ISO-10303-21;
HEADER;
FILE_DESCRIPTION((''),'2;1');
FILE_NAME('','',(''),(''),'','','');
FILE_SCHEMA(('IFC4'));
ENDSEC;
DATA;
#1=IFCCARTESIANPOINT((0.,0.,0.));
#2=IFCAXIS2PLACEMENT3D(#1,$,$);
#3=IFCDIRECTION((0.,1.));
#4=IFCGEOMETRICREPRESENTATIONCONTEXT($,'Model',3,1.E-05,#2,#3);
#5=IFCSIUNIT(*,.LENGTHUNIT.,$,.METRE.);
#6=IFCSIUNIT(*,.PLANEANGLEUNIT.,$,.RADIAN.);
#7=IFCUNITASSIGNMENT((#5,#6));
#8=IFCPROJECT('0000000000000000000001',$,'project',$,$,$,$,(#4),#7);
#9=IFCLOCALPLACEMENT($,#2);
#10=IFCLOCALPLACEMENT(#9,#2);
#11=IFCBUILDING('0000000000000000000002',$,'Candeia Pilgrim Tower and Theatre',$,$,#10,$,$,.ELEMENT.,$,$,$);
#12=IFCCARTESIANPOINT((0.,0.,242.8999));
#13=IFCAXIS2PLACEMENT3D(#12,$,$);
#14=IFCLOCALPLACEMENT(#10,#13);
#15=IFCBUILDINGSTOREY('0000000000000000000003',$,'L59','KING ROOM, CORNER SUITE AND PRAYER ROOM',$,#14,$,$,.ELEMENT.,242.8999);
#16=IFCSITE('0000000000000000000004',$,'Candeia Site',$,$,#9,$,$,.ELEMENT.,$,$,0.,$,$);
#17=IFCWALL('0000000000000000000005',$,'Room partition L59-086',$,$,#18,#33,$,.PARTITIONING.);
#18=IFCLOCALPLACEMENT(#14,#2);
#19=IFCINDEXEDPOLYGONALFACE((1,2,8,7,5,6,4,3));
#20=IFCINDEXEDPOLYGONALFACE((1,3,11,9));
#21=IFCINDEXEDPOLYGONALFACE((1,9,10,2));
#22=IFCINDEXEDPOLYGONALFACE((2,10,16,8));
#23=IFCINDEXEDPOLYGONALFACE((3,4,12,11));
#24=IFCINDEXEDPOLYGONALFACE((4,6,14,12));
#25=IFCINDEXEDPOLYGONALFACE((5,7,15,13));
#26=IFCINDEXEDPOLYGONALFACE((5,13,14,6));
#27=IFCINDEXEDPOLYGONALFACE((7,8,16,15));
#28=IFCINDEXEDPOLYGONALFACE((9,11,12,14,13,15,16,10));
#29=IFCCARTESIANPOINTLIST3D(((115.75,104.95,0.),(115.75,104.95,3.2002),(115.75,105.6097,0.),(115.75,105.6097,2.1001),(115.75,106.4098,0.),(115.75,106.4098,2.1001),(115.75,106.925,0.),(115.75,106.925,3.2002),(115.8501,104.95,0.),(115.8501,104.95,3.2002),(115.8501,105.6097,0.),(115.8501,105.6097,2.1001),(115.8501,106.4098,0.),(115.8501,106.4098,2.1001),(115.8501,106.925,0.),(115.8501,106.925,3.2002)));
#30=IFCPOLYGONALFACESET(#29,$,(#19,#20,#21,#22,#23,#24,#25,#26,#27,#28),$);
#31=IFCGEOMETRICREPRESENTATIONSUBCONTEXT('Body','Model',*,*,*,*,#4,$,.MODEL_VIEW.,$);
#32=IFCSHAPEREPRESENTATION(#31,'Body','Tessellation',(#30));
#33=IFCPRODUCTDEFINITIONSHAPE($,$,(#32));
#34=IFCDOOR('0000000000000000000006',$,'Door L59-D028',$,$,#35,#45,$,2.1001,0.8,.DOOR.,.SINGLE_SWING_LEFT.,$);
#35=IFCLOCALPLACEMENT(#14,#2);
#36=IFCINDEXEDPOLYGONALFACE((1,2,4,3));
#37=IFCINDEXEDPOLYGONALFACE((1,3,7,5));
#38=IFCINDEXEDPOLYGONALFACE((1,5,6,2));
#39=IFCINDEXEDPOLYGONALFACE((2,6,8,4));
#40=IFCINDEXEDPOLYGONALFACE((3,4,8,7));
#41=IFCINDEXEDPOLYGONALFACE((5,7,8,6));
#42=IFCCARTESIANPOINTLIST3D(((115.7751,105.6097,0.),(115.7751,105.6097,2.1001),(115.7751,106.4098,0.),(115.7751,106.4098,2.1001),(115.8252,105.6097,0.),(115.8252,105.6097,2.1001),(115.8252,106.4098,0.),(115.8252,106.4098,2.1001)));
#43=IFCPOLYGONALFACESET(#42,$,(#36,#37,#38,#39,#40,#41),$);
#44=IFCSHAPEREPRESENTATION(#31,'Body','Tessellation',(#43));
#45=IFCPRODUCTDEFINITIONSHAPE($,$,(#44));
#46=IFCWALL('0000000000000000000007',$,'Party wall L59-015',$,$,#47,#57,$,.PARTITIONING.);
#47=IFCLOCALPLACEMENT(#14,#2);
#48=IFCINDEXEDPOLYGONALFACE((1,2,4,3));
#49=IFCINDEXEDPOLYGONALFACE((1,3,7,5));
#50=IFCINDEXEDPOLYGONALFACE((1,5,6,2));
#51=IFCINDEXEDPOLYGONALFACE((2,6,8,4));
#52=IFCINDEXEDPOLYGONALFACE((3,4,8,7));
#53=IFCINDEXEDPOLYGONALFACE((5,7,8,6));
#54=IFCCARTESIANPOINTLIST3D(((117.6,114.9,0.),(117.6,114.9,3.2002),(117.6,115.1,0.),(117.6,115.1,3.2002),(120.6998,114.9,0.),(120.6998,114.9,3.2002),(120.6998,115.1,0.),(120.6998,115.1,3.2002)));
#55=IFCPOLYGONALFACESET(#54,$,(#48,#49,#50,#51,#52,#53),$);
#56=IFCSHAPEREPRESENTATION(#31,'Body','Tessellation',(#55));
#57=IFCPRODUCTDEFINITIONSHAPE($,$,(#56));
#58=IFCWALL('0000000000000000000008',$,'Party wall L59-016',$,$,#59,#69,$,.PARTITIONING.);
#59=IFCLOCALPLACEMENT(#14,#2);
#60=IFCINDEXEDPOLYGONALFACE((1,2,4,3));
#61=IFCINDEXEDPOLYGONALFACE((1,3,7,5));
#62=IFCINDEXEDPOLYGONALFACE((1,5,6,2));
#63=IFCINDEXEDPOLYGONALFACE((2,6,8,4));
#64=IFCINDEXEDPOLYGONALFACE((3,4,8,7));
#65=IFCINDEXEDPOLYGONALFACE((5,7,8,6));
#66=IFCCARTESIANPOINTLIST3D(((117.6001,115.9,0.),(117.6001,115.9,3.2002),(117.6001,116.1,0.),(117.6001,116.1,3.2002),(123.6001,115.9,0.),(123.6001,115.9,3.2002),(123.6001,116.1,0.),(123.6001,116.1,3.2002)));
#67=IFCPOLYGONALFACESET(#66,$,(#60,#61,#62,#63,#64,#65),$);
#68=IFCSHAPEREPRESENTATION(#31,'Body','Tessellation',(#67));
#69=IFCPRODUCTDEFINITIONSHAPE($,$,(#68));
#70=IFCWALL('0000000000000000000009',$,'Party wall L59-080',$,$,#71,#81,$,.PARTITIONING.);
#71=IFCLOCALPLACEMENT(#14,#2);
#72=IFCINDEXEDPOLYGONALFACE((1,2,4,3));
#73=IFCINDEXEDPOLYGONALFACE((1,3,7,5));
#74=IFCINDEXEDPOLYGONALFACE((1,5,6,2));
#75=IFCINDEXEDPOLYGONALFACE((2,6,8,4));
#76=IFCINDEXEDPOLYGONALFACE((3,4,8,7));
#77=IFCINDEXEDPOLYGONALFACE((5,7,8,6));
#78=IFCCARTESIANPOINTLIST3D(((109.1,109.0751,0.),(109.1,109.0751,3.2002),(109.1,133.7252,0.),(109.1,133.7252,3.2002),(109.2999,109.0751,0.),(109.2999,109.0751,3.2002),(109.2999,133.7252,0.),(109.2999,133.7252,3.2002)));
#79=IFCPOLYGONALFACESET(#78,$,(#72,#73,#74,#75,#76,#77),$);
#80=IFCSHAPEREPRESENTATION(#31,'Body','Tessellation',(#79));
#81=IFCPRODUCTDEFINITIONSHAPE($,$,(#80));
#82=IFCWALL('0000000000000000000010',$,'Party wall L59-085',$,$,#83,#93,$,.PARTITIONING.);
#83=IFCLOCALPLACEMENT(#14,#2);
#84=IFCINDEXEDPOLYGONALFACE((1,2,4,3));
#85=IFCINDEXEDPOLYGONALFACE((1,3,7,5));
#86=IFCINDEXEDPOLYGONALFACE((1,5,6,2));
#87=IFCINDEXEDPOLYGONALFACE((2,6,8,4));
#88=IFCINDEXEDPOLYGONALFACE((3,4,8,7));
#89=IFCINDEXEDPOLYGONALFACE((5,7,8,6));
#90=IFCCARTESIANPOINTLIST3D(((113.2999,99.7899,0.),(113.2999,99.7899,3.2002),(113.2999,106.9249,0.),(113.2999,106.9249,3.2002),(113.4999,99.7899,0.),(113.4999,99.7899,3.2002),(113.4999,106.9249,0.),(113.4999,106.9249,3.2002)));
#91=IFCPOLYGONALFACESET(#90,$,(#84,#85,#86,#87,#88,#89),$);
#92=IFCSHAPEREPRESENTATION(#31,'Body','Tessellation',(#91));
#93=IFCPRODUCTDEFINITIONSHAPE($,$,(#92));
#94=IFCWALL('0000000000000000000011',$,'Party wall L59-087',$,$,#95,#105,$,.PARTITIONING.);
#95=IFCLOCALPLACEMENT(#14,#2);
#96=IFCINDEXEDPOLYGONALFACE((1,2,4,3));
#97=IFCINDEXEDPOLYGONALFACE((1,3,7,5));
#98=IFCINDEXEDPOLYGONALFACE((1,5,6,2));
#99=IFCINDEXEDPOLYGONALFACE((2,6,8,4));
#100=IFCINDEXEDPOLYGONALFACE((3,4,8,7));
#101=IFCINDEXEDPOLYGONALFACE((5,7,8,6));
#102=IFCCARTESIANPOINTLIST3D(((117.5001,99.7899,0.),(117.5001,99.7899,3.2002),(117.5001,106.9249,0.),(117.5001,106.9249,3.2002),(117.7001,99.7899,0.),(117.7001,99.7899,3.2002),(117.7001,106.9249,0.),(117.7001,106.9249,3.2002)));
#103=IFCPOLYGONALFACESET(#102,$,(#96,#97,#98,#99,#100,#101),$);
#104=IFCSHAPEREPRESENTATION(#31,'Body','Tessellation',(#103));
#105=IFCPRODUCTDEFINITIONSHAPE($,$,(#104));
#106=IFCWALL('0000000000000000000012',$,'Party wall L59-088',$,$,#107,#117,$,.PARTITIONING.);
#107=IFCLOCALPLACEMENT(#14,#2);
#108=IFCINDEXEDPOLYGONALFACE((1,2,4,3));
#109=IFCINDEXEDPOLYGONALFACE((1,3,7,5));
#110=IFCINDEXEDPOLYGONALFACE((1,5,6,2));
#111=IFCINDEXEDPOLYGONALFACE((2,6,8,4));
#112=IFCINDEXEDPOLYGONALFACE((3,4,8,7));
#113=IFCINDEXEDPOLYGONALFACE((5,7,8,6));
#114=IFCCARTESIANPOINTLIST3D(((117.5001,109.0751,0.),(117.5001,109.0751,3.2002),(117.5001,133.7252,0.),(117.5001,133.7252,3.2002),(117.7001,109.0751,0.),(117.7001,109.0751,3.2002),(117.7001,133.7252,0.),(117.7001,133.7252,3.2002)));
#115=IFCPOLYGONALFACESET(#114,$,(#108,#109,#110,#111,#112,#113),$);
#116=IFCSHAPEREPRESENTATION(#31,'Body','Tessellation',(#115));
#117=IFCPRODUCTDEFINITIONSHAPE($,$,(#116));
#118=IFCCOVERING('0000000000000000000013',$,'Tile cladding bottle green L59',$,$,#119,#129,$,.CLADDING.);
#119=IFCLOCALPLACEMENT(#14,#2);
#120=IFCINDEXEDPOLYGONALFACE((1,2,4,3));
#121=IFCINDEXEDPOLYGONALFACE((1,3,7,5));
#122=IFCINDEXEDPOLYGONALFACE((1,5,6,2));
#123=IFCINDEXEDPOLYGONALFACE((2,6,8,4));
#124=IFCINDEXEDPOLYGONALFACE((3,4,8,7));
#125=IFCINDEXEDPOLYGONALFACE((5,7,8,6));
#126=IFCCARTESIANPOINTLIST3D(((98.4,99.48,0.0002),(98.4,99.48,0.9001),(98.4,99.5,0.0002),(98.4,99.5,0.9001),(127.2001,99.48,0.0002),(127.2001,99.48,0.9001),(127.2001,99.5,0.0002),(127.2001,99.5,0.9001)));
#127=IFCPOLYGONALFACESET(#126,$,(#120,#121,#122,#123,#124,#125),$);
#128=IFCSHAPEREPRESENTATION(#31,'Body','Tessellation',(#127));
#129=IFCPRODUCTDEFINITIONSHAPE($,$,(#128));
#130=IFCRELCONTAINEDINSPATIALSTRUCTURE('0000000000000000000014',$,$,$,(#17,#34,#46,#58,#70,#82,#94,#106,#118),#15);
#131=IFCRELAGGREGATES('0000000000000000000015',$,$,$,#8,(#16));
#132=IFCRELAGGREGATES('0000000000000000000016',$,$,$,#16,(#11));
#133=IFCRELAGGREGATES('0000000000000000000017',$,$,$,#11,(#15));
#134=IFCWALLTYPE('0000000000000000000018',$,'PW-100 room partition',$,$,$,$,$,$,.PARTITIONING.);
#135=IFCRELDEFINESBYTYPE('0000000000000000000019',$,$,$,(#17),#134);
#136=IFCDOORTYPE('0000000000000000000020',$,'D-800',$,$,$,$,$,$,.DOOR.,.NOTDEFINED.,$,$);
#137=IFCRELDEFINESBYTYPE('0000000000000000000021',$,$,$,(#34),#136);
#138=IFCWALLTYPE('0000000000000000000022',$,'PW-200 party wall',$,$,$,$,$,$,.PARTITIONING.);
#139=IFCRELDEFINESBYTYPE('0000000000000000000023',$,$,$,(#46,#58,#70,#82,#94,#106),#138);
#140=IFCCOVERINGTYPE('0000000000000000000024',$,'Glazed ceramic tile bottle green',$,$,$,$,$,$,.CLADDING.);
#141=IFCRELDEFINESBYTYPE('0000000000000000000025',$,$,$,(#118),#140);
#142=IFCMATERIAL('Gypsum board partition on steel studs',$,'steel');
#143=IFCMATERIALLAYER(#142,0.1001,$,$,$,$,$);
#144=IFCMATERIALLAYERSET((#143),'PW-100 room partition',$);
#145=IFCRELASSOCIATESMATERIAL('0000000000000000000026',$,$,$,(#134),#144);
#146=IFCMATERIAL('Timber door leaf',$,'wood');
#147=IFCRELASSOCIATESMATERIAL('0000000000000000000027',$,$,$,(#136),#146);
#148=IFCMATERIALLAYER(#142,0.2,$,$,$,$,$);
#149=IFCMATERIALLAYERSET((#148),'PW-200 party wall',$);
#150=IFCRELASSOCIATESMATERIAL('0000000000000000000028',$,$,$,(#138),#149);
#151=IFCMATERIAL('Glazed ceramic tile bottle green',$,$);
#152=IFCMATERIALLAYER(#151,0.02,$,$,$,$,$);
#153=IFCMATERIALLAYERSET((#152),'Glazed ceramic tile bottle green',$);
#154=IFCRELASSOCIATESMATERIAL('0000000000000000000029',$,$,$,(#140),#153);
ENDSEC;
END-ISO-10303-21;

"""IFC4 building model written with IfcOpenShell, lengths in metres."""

from ifc_helpers import new_model, si_unit, direction, frame, frame_2d, origin, origin_2d, place, context, subcontext, project, spatial, rectangle, extrude, material, layer, layer_set, type_object, element, fill, save


model = new_model("IFC4")

# Units and contexts
model_context = context("Model", 3, precision=1e-05, world=origin(), true_north=direction((0.0, 1.0)))
body_context = subcontext(model_context, "Body", "Model", "MODEL_VIEW")
ifc_project = project(units=[si_unit("LENGTHUNIT", "METRE"), si_unit("PLANEANGLEUNIT", "RADIAN")], contexts=[model_context])

# Site, building, storey
site_placement = place(None, origin())
site = spatial("IfcSite", under=ifc_project, at=site_placement, Name="Candeia Site", CompositionType="ELEMENT", RefElevation=0.0)
building_placement = place(site_placement, origin())
building = spatial("IfcBuilding", under=site, at=building_placement, Name="Candeia Pilgrim Tower and Theatre", CompositionType="ELEMENT")
storey_placement = place(building_placement, frame((0.0, 0.0, 242.8999)))
storey = spatial("IfcBuildingStorey", under=building, at=storey_placement, Name="L59", Description="KING ROOM, CORNER SUITE AND PRAYER ROOM", CompositionType="ELEMENT", Elevation=242.8999)

# Shared definitions
ifc_material_1 = material(Name="Gypsum board partition on steel studs", Category="steel")
ifc_layer_1 = layer(ifc_material_1, 0.1001)
ifc_layer_set_1 = layer_set([ifc_layer_1], Name="PW-100 room partition")
wall_type_1 = type_object("IfcWallType", Name="PW-100 room partition", PredefinedType="PARTITIONING", material=ifc_layer_set_1)

# Shared definitions
ifc_material_2 = material(Name="Timber door leaf", Category="wood")
door_type = type_object("IfcDoorType", Name="D-800", OperationType="NOTDEFINED", PredefinedType="DOOR", material=ifc_material_2)

# Wall, opening, door
wall_1_placement = place(storey_placement, frame((115.8, 104.95, 0.0), z_axis=(0.0, 0.0, 1.0), x_axis=(0.0, 1.0, 0.0)))
wall_1 = element("IfcWall", 1, at=wall_1_placement, inside=storey, type_object=wall_type_1, Name="Room partition L59-086", PredefinedType="PARTITIONING", context=body_context, shape_type="SweptSolid", body=[
    extrude(rectangle(XDim=1.9751, YDim=0.1001, at=frame_2d((0.9875, 0.0))), origin(), (0.0, 0.0, 1.0), 3.2002),
])
opening_1_placement = place(wall_1_placement, frame((0.6599, 0.0, 0.0)))
opening_1 = element("IfcOpeningElement", 2, at=opening_1_placement, cuts=wall_1, PredefinedType="OPENING", context=body_context, shape_type="SweptSolid", body=[
    extrude(rectangle(XDim=0.8, YDim=2.1001, at=frame_2d((0.3999, 1.05))), frame((0.0, 0.0601, 0.0), z_axis=(0.0, -1.0, 0.0), x_axis=(1.0, 0.0, 0.0)), (0.0, 0.0, 1.0), 0.1201),
])
door_1_placement = place(opening_1_placement, origin())
door_1 = element("IfcDoor", 3, at=door_1_placement, inside=storey, type_object=door_type, Name="Door L59-D028", OperationType="SINGLE_SWING_LEFT", OverallHeight=2.1001, OverallWidth=0.8, PredefinedType="DOOR", context=body_context, shape_type="SweptSolid", body=[
    extrude(rectangle(XDim=0.8, YDim=2.1001, at=frame_2d((0.3999, 1.05))), frame((0.0, 0.0249, 0.0), z_axis=(0.0, -1.0, 0.0), x_axis=(1.0, 0.0, 0.0)), (0.0, 0.0, 1.0), 0.05),
])
fill(opening_1, door_1)

# Walls
ifc_layer_2 = layer(ifc_material_1, 0.2)
ifc_layer_set_2 = layer_set([ifc_layer_2], Name="PW-200 party wall")
wall_type_2 = type_object("IfcWallType", Name="PW-200 party wall", PredefinedType="PARTITIONING", material=ifc_layer_set_2)
wall_2_placement = place(storey_placement, frame((117.6001, 115.0, 0.0), z_axis=(0.0, 0.0, 1.0), x_axis=(1.0, 0.0, 0.0)))
element("IfcWall", 4, at=wall_2_placement, inside=storey, type_object=wall_type_2, Name="Party wall L59-015", PredefinedType="PARTITIONING", context=body_context, shape_type="SweptSolid", body=[
    extrude(rectangle(XDim=3.0999, YDim=0.2, at=frame_2d((1.5498, 0.0))), origin(), (0.0, 0.0, 1.0), 3.2002),
])
wall_3_placement = place(storey_placement, frame((117.6001, 116.0, 0.0), z_axis=(0.0, 0.0, 1.0), x_axis=(1.0, 0.0, 0.0)))
element("IfcWall", 5, at=wall_3_placement, inside=storey, type_object=wall_type_2, Name="Party wall L59-016", PredefinedType="PARTITIONING", context=body_context, shape_type="SweptSolid", body=[
    extrude(rectangle(XDim=6.0, YDim=0.2, at=frame_2d((3.0, 0.0))), origin(), (0.0, 0.0, 1.0), 3.2002),
])
wall_4_placement = place(storey_placement, frame((109.2, 109.075, 0.0), z_axis=(0.0, 0.0, 1.0), x_axis=(0.0, 1.0, 0.0)))
element("IfcWall", 6, at=wall_4_placement, inside=storey, type_object=wall_type_2, Name="Party wall L59-080", PredefinedType="PARTITIONING", context=body_context, shape_type="SweptSolid", body=[
    extrude(rectangle(XDim=24.6501, YDim=0.2, at=frame_2d((12.3252, 0.0))), origin(), (0.0, 0.0, 1.0), 3.2002),
])
for number, where, z_axis, x_axis, name in (
    (7, (113.3999, 99.79, 0.0), (0.0, 0.0, 1.0), (0.0, 1.0, 0.0), "Party wall L59-085"),
    (8, (117.6001, 99.79, 0.0), (0.0, 0.0, 1.0), (0.0, 1.0, 0.0), "Party wall L59-087"),
):
    element("IfcWall", number, at=place(storey_placement, frame(where, z_axis=z_axis, x_axis=x_axis)), inside=storey, type_object=wall_type_2, Name=name, PredefinedType="PARTITIONING", context=body_context, shape_type="SweptSolid", body=[
        extrude(rectangle(XDim=7.135, YDim=0.2, at=frame_2d((3.5674, 0.0))), origin(), (0.0, 0.0, 1.0), 3.2002),
    ])
wall_5_placement = place(storey_placement, frame((117.6001, 109.075, 0.0), z_axis=(0.0, 0.0, 1.0), x_axis=(0.0, 1.0, 0.0)))
element("IfcWall", 9, at=wall_5_placement, inside=storey, type_object=wall_type_2, Name="Party wall L59-088", PredefinedType="PARTITIONING", context=body_context, shape_type="SweptSolid", body=[
    extrude(rectangle(XDim=24.6501, YDim=0.2, at=frame_2d((12.3252, 0.0))), origin(), (0.0, 0.0, 1.0), 3.2002),
])

# Covering
ifc_material_3 = material(Name="Glazed ceramic tile bottle green")
ifc_layer_3 = layer(ifc_material_3, 0.02)
ifc_layer_set_3 = layer_set([ifc_layer_3], Name="Glazed ceramic tile bottle green")
covering_type = type_object("IfcCoveringType", Name="Glazed ceramic tile bottle green", PredefinedType="CLADDING", material=ifc_layer_set_3)
covering_placement = place(storey_placement, frame((112.8, 99.49, 0.0002), z_axis=(0.0, 0.0, 1.0), x_axis=(1.0, 0.0, 0.0)))
element("IfcCovering", 10, at=covering_placement, inside=storey, type_object=covering_type, Name="Tile cladding bottle green L59", PredefinedType="CLADDING", context=body_context, shape_type="SweptSolid", body=[
    extrude(rectangle(XDim=28.8, YDim=0.02, at=origin_2d()), origin(), (0.0, 0.0, 1.0), 0.8999),
])

save(model, "model.ifc")
